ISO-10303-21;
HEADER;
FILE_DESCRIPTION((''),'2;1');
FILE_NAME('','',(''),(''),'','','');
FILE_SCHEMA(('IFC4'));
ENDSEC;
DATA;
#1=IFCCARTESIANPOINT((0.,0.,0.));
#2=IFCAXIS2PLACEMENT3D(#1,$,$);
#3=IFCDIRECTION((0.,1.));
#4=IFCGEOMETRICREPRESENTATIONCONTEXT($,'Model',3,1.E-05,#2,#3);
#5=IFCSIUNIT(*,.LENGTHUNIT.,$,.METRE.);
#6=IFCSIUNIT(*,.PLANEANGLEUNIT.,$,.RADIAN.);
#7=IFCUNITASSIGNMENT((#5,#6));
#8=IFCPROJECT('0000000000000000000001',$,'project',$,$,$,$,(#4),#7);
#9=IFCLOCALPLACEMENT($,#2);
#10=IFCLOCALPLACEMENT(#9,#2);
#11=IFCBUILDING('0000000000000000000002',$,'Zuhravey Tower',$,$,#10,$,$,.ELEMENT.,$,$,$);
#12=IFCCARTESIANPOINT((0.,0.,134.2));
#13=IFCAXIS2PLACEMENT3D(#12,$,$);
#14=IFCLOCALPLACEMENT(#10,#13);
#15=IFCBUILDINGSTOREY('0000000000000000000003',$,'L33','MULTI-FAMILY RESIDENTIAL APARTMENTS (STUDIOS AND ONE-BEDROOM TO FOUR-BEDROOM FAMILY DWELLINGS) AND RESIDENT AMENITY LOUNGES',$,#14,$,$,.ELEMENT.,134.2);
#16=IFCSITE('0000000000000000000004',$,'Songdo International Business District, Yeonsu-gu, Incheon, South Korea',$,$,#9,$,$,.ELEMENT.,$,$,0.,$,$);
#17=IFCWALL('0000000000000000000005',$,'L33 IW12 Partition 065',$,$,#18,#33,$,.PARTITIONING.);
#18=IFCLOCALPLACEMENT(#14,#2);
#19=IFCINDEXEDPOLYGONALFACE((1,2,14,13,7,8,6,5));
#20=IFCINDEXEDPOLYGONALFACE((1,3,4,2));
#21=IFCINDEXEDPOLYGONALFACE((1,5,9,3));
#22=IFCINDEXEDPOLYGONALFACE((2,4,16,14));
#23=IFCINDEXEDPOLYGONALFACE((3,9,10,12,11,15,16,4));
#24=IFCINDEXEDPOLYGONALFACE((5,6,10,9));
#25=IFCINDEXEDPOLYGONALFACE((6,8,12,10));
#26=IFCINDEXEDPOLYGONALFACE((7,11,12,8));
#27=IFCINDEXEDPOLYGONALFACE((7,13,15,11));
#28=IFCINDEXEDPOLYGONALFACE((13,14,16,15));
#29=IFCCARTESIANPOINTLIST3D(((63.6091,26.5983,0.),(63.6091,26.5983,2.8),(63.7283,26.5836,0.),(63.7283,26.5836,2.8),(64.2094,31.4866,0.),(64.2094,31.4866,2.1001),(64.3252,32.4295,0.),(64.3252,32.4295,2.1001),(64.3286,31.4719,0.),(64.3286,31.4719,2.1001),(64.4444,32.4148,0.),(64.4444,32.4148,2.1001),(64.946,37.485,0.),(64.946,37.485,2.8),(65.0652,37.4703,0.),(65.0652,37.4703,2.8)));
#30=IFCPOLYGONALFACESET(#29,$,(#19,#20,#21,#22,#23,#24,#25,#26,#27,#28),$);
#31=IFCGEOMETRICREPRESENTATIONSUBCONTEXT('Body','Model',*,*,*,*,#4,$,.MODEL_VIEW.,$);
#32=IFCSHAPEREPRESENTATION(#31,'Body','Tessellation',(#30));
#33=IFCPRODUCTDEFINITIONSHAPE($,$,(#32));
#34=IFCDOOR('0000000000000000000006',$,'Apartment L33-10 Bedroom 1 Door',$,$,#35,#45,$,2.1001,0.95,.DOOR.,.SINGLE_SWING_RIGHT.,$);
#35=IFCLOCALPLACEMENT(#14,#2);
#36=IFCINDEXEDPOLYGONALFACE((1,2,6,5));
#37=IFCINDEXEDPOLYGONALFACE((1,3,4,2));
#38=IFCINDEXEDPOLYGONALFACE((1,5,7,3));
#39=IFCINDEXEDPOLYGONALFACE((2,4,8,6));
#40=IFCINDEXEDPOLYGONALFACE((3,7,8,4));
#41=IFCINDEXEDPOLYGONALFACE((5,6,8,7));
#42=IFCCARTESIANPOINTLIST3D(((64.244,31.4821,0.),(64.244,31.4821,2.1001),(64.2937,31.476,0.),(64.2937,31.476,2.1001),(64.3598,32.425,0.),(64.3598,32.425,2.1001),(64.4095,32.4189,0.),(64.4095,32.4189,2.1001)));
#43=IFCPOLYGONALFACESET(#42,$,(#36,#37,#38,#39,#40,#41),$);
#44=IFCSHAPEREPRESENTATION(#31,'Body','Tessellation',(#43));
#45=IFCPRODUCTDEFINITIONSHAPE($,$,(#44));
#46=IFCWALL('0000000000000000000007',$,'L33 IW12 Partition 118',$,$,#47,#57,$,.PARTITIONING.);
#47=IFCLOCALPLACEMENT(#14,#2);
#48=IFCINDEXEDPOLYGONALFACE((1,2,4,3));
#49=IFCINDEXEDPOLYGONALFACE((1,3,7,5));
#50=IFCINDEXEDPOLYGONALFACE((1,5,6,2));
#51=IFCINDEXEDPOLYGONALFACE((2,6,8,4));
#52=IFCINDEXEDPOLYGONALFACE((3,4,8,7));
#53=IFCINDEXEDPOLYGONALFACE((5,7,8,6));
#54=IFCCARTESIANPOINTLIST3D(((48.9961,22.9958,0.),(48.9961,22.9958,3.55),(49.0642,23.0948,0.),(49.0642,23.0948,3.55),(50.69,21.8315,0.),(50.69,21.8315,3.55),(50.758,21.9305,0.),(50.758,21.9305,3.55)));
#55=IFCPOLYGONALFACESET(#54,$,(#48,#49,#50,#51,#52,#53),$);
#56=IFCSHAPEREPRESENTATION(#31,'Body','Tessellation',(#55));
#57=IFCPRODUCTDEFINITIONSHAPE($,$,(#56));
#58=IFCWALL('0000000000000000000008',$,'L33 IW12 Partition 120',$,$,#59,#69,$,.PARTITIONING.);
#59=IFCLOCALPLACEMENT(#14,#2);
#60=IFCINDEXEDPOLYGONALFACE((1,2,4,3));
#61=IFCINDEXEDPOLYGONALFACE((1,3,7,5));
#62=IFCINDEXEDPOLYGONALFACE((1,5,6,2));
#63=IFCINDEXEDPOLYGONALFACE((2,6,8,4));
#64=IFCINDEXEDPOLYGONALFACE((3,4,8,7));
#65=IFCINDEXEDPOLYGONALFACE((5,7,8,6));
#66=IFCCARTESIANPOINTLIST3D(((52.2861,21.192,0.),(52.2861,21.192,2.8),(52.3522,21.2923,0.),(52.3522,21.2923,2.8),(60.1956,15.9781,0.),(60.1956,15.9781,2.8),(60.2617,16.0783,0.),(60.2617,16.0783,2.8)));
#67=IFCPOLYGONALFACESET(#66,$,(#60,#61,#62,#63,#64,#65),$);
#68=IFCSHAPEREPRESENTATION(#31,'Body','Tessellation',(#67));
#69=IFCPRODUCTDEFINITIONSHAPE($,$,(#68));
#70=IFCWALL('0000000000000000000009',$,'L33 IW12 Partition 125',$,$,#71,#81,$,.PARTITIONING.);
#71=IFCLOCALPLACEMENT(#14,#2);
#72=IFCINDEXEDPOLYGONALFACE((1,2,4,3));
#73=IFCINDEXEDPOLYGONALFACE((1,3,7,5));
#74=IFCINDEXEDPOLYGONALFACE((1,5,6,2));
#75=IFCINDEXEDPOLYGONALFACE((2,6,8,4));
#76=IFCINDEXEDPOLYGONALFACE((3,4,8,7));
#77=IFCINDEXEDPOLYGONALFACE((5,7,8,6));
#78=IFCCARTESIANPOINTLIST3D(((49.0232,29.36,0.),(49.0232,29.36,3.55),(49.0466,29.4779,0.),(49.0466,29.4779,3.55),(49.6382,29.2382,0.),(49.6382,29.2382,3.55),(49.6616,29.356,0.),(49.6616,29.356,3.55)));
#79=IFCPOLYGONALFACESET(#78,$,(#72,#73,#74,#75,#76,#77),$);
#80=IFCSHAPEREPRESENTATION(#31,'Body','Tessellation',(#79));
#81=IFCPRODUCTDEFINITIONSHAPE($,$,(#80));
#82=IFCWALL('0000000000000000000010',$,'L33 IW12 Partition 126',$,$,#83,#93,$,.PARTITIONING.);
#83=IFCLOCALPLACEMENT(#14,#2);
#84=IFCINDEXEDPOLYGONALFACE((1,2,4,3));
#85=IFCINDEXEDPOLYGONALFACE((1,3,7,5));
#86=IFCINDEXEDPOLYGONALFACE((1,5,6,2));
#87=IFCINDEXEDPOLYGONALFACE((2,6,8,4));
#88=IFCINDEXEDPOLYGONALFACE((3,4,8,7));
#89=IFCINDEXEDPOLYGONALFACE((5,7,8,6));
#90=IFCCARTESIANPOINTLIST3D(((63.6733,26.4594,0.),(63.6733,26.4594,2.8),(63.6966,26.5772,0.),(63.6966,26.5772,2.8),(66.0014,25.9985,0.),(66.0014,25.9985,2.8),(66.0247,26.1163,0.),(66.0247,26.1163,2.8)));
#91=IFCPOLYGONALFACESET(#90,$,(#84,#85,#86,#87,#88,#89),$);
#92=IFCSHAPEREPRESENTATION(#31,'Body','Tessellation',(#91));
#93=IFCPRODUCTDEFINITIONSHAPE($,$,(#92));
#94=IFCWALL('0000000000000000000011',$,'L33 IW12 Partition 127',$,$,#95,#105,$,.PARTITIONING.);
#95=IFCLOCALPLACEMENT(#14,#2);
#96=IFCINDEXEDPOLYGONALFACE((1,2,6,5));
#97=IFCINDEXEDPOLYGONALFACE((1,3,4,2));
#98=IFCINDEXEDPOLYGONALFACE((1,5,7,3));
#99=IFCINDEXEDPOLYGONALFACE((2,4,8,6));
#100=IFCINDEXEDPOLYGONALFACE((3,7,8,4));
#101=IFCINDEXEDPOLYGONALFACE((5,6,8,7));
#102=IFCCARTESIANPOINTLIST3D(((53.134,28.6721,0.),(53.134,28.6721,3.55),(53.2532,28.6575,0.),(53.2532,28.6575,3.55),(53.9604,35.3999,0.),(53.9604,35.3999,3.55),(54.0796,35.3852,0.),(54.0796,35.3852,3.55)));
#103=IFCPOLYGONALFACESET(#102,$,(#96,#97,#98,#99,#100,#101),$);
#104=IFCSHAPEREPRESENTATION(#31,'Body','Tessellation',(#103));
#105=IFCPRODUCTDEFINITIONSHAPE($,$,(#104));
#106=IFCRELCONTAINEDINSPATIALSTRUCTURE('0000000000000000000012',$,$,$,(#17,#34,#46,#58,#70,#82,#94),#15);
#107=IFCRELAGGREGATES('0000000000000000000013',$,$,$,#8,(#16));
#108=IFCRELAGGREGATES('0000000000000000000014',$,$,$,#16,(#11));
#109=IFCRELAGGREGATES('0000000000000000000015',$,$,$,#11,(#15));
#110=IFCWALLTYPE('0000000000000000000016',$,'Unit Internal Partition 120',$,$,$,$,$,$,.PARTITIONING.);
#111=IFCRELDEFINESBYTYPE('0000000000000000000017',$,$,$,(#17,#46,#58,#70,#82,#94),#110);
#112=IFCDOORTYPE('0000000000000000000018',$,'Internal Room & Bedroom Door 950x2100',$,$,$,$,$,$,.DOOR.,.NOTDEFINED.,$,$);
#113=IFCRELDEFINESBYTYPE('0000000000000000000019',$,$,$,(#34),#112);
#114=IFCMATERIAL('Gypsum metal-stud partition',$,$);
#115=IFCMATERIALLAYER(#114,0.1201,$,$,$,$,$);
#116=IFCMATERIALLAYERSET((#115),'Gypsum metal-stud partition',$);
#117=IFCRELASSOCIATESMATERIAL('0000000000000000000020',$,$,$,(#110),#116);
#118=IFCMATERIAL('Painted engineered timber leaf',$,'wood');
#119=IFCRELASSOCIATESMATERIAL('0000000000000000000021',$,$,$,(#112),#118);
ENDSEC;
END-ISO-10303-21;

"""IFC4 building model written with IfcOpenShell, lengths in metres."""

from ifc_helpers import new_model, si_unit, direction, frame, frame_2d, origin, place, context, subcontext, project, spatial, rectangle, extrude, material, layer, layer_set, type_object, element, fill, save


model = new_model("IFC4")

# Units and contexts
model_context = context("Model", 3, precision=1e-05, world=origin(), true_north=direction((0.0, 1.0)))
body_context = subcontext(model_context, "Body", "Model", "MODEL_VIEW")
ifc_project = project(units=[si_unit("LENGTHUNIT", "METRE"), si_unit("PLANEANGLEUNIT", "RADIAN")], contexts=[model_context])

# Site, building, storey
site_placement = place(None, origin())
site = spatial("IfcSite", under=ifc_project, at=site_placement, Name="Songdo International Business District, Yeonsu-gu, Incheon, South Korea", CompositionType="ELEMENT", RefElevation=0.0)
building_placement = place(site_placement, origin())
building = spatial("IfcBuilding", under=site, at=building_placement, Name="Zuhravey Tower", CompositionType="ELEMENT")
storey_placement = place(building_placement, frame((0.0, 0.0, 134.2)))
storey = spatial("IfcBuildingStorey", under=building, at=storey_placement, Name="L33", Description="MULTI-FAMILY RESIDENTIAL APARTMENTS (STUDIOS AND ONE-BEDROOM TO FOUR-BEDROOM FAMILY DWELLINGS) AND RESIDENT AMENITY LOUNGES", CompositionType="ELEMENT", Elevation=134.2)

# Wall, opening, door
ifc_material_1 = material(Name="Gypsum metal-stud partition")
ifc_layer_1 = layer(ifc_material_1, 0.1201)
ifc_layer_set_1 = layer_set([ifc_layer_1], Name="Gypsum metal-stud partition")
wall_type_1 = type_object("IfcWallType", Name="Unit Internal Partition 120", PredefinedType="PARTITIONING", material=ifc_layer_set_1)
ifc_material_2 = material(Name="Painted engineered timber leaf", Category="wood")
door_type_1 = type_object("IfcDoorType", Name="Internal Room & Bedroom Door 950x2100", OperationType="NOTDEFINED", PredefinedType="DOOR", material=ifc_material_2)
wall_1_placement = place(storey_placement, frame((63.6687, 26.5908, 0.0), z_axis=(0.0, 0.0, 1.0), x_axis=(0.121887, 0.992544, 0.0)))
wall_1 = element("IfcWall", 1, at=wall_1_placement, inside=storey, type_object=wall_type_1, Name="L33 IW12 Partition 065", PredefinedType="PARTITIONING", context=body_context, shape_type="SweptSolid", body=[
    extrude(rectangle(XDim=10.9685, YDim=0.1201, at=frame_2d((5.4844, 0.0))), origin(), (0.0, 0.0, 1.0), 2.8),
])
opening_1_placement = place(wall_1_placement, frame((4.925, 0.0, 0.0)))
opening_1 = element("IfcOpeningElement", 2, at=opening_1_placement, cuts=wall_1, PredefinedType="OPENING", context=body_context, shape_type="SweptSolid", body=[
    extrude(rectangle(XDim=0.95, YDim=2.1001, at=frame_2d((0.4751, 1.05))), frame((0.0, 0.072, 0.0), z_axis=(0.0, -1.0, 0.0), x_axis=(1.0, 0.0, 0.0)), (0.0, 0.0, 1.0), 0.144),
])
door_1_placement = place(opening_1_placement, frame((0.95, 0.0, 0.0), z_axis=(0.0, 0.0, 1.0), x_axis=(-1.0, 0.0, 0.0)))
door_1 = element("IfcDoor", 3, at=door_1_placement, inside=storey, type_object=door_type_1, Name="Apartment L33-10 Bedroom 1 Door", OperationType="SINGLE_SWING_RIGHT", OverallHeight=2.1001, OverallWidth=0.95, PredefinedType="DOOR", context=body_context, shape_type="SweptSolid", body=[
    extrude(rectangle(XDim=0.95, YDim=2.1001, at=frame_2d((0.4751, 1.05))), frame((0.0, 0.0249, 0.0), z_axis=(0.0, -1.0, 0.0), x_axis=(1.0, 0.0, 0.0)), (0.0, 0.0, 1.0), 0.05),
])
fill(opening_1, door_1)

# Walls
wall_2_placement = place(storey_placement, frame((49.03, 23.0454, 0.0), z_axis=(0.0, 0.0, 1.0), x_axis=(0.82409, -0.566458, 0.0)))
element("IfcWall", 4, at=wall_2_placement, inside=storey, type_object=wall_type_1, Name="L33 IW12 Partition 118", PredefinedType="PARTITIONING", context=body_context, shape_type="SweptSolid", body=[
    extrude(rectangle(XDim=2.0554, YDim=0.1201, at=frame_2d((1.0278, 0.0))), origin(), (0.0, 0.0, 1.0), 3.55),
])
wall_3_placement = place(storey_placement, frame((52.3191, 21.2422, 0.0), z_axis=(0.0, 0.0, 1.0), x_axis=(0.834918, -0.550375, 0.0)))
element("IfcWall", 5, at=wall_3_placement, inside=storey, type_object=wall_type_1, Name="L33 IW12 Partition 120", PredefinedType="PARTITIONING", context=body_context, shape_type="SweptSolid", body=[
    extrude(rectangle(XDim=9.4734, YDim=0.1201, at=frame_2d((4.7368, 0.0))), origin(), (0.0, 0.0, 1.0), 2.8),
])
wall_4_placement = place(storey_placement, frame((49.0349, 29.4189, 0.0), z_axis=(0.0, 0.0, 1.0), x_axis=(0.980938, -0.194319, 0.0)))
element("IfcWall", 6, at=wall_4_placement, inside=storey, type_object=wall_type_1, Name="L33 IW12 Partition 125", PredefinedType="PARTITIONING", context=body_context, shape_type="SweptSolid", body=[
    extrude(rectangle(XDim=0.627, YDim=0.1201, at=frame_2d((0.3135, 0.0))), origin(), (0.0, 0.0, 1.0), 3.55),
])
wall_5_placement = place(storey_placement, frame((63.6851, 26.5183, 0.0), z_axis=(0.0, 0.0, 1.0), x_axis=(0.980959, -0.194217, 0.0)))
element("IfcWall", 7, at=wall_5_placement, inside=storey, type_object=wall_type_1, Name="L33 IW12 Partition 126", PredefinedType="PARTITIONING", context=body_context, shape_type="SweptSolid", body=[
    extrude(rectangle(XDim=2.3733, YDim=0.1201, at=frame_2d((1.1865, 0.0))), origin(), (0.0, 0.0, 1.0), 2.8),
])
wall_6_placement = place(storey_placement, frame((53.1936, 28.6648, 0.0), z_axis=(0.0, 0.0, 1.0), x_axis=(0.12192, 0.99254, 0.0)))
element("IfcWall", 8, at=wall_6_placement, inside=storey, type_object=wall_type_1, Name="L33 IW12 Partition 127", PredefinedType="PARTITIONING", context=body_context, shape_type="SweptSolid", body=[
    extrude(rectangle(XDim=6.7783, YDim=0.1201, at=frame_2d((3.3892, 0.0))), origin(), (0.0, 0.0, 1.0), 3.55),
])

save(model, "model.ifc")
